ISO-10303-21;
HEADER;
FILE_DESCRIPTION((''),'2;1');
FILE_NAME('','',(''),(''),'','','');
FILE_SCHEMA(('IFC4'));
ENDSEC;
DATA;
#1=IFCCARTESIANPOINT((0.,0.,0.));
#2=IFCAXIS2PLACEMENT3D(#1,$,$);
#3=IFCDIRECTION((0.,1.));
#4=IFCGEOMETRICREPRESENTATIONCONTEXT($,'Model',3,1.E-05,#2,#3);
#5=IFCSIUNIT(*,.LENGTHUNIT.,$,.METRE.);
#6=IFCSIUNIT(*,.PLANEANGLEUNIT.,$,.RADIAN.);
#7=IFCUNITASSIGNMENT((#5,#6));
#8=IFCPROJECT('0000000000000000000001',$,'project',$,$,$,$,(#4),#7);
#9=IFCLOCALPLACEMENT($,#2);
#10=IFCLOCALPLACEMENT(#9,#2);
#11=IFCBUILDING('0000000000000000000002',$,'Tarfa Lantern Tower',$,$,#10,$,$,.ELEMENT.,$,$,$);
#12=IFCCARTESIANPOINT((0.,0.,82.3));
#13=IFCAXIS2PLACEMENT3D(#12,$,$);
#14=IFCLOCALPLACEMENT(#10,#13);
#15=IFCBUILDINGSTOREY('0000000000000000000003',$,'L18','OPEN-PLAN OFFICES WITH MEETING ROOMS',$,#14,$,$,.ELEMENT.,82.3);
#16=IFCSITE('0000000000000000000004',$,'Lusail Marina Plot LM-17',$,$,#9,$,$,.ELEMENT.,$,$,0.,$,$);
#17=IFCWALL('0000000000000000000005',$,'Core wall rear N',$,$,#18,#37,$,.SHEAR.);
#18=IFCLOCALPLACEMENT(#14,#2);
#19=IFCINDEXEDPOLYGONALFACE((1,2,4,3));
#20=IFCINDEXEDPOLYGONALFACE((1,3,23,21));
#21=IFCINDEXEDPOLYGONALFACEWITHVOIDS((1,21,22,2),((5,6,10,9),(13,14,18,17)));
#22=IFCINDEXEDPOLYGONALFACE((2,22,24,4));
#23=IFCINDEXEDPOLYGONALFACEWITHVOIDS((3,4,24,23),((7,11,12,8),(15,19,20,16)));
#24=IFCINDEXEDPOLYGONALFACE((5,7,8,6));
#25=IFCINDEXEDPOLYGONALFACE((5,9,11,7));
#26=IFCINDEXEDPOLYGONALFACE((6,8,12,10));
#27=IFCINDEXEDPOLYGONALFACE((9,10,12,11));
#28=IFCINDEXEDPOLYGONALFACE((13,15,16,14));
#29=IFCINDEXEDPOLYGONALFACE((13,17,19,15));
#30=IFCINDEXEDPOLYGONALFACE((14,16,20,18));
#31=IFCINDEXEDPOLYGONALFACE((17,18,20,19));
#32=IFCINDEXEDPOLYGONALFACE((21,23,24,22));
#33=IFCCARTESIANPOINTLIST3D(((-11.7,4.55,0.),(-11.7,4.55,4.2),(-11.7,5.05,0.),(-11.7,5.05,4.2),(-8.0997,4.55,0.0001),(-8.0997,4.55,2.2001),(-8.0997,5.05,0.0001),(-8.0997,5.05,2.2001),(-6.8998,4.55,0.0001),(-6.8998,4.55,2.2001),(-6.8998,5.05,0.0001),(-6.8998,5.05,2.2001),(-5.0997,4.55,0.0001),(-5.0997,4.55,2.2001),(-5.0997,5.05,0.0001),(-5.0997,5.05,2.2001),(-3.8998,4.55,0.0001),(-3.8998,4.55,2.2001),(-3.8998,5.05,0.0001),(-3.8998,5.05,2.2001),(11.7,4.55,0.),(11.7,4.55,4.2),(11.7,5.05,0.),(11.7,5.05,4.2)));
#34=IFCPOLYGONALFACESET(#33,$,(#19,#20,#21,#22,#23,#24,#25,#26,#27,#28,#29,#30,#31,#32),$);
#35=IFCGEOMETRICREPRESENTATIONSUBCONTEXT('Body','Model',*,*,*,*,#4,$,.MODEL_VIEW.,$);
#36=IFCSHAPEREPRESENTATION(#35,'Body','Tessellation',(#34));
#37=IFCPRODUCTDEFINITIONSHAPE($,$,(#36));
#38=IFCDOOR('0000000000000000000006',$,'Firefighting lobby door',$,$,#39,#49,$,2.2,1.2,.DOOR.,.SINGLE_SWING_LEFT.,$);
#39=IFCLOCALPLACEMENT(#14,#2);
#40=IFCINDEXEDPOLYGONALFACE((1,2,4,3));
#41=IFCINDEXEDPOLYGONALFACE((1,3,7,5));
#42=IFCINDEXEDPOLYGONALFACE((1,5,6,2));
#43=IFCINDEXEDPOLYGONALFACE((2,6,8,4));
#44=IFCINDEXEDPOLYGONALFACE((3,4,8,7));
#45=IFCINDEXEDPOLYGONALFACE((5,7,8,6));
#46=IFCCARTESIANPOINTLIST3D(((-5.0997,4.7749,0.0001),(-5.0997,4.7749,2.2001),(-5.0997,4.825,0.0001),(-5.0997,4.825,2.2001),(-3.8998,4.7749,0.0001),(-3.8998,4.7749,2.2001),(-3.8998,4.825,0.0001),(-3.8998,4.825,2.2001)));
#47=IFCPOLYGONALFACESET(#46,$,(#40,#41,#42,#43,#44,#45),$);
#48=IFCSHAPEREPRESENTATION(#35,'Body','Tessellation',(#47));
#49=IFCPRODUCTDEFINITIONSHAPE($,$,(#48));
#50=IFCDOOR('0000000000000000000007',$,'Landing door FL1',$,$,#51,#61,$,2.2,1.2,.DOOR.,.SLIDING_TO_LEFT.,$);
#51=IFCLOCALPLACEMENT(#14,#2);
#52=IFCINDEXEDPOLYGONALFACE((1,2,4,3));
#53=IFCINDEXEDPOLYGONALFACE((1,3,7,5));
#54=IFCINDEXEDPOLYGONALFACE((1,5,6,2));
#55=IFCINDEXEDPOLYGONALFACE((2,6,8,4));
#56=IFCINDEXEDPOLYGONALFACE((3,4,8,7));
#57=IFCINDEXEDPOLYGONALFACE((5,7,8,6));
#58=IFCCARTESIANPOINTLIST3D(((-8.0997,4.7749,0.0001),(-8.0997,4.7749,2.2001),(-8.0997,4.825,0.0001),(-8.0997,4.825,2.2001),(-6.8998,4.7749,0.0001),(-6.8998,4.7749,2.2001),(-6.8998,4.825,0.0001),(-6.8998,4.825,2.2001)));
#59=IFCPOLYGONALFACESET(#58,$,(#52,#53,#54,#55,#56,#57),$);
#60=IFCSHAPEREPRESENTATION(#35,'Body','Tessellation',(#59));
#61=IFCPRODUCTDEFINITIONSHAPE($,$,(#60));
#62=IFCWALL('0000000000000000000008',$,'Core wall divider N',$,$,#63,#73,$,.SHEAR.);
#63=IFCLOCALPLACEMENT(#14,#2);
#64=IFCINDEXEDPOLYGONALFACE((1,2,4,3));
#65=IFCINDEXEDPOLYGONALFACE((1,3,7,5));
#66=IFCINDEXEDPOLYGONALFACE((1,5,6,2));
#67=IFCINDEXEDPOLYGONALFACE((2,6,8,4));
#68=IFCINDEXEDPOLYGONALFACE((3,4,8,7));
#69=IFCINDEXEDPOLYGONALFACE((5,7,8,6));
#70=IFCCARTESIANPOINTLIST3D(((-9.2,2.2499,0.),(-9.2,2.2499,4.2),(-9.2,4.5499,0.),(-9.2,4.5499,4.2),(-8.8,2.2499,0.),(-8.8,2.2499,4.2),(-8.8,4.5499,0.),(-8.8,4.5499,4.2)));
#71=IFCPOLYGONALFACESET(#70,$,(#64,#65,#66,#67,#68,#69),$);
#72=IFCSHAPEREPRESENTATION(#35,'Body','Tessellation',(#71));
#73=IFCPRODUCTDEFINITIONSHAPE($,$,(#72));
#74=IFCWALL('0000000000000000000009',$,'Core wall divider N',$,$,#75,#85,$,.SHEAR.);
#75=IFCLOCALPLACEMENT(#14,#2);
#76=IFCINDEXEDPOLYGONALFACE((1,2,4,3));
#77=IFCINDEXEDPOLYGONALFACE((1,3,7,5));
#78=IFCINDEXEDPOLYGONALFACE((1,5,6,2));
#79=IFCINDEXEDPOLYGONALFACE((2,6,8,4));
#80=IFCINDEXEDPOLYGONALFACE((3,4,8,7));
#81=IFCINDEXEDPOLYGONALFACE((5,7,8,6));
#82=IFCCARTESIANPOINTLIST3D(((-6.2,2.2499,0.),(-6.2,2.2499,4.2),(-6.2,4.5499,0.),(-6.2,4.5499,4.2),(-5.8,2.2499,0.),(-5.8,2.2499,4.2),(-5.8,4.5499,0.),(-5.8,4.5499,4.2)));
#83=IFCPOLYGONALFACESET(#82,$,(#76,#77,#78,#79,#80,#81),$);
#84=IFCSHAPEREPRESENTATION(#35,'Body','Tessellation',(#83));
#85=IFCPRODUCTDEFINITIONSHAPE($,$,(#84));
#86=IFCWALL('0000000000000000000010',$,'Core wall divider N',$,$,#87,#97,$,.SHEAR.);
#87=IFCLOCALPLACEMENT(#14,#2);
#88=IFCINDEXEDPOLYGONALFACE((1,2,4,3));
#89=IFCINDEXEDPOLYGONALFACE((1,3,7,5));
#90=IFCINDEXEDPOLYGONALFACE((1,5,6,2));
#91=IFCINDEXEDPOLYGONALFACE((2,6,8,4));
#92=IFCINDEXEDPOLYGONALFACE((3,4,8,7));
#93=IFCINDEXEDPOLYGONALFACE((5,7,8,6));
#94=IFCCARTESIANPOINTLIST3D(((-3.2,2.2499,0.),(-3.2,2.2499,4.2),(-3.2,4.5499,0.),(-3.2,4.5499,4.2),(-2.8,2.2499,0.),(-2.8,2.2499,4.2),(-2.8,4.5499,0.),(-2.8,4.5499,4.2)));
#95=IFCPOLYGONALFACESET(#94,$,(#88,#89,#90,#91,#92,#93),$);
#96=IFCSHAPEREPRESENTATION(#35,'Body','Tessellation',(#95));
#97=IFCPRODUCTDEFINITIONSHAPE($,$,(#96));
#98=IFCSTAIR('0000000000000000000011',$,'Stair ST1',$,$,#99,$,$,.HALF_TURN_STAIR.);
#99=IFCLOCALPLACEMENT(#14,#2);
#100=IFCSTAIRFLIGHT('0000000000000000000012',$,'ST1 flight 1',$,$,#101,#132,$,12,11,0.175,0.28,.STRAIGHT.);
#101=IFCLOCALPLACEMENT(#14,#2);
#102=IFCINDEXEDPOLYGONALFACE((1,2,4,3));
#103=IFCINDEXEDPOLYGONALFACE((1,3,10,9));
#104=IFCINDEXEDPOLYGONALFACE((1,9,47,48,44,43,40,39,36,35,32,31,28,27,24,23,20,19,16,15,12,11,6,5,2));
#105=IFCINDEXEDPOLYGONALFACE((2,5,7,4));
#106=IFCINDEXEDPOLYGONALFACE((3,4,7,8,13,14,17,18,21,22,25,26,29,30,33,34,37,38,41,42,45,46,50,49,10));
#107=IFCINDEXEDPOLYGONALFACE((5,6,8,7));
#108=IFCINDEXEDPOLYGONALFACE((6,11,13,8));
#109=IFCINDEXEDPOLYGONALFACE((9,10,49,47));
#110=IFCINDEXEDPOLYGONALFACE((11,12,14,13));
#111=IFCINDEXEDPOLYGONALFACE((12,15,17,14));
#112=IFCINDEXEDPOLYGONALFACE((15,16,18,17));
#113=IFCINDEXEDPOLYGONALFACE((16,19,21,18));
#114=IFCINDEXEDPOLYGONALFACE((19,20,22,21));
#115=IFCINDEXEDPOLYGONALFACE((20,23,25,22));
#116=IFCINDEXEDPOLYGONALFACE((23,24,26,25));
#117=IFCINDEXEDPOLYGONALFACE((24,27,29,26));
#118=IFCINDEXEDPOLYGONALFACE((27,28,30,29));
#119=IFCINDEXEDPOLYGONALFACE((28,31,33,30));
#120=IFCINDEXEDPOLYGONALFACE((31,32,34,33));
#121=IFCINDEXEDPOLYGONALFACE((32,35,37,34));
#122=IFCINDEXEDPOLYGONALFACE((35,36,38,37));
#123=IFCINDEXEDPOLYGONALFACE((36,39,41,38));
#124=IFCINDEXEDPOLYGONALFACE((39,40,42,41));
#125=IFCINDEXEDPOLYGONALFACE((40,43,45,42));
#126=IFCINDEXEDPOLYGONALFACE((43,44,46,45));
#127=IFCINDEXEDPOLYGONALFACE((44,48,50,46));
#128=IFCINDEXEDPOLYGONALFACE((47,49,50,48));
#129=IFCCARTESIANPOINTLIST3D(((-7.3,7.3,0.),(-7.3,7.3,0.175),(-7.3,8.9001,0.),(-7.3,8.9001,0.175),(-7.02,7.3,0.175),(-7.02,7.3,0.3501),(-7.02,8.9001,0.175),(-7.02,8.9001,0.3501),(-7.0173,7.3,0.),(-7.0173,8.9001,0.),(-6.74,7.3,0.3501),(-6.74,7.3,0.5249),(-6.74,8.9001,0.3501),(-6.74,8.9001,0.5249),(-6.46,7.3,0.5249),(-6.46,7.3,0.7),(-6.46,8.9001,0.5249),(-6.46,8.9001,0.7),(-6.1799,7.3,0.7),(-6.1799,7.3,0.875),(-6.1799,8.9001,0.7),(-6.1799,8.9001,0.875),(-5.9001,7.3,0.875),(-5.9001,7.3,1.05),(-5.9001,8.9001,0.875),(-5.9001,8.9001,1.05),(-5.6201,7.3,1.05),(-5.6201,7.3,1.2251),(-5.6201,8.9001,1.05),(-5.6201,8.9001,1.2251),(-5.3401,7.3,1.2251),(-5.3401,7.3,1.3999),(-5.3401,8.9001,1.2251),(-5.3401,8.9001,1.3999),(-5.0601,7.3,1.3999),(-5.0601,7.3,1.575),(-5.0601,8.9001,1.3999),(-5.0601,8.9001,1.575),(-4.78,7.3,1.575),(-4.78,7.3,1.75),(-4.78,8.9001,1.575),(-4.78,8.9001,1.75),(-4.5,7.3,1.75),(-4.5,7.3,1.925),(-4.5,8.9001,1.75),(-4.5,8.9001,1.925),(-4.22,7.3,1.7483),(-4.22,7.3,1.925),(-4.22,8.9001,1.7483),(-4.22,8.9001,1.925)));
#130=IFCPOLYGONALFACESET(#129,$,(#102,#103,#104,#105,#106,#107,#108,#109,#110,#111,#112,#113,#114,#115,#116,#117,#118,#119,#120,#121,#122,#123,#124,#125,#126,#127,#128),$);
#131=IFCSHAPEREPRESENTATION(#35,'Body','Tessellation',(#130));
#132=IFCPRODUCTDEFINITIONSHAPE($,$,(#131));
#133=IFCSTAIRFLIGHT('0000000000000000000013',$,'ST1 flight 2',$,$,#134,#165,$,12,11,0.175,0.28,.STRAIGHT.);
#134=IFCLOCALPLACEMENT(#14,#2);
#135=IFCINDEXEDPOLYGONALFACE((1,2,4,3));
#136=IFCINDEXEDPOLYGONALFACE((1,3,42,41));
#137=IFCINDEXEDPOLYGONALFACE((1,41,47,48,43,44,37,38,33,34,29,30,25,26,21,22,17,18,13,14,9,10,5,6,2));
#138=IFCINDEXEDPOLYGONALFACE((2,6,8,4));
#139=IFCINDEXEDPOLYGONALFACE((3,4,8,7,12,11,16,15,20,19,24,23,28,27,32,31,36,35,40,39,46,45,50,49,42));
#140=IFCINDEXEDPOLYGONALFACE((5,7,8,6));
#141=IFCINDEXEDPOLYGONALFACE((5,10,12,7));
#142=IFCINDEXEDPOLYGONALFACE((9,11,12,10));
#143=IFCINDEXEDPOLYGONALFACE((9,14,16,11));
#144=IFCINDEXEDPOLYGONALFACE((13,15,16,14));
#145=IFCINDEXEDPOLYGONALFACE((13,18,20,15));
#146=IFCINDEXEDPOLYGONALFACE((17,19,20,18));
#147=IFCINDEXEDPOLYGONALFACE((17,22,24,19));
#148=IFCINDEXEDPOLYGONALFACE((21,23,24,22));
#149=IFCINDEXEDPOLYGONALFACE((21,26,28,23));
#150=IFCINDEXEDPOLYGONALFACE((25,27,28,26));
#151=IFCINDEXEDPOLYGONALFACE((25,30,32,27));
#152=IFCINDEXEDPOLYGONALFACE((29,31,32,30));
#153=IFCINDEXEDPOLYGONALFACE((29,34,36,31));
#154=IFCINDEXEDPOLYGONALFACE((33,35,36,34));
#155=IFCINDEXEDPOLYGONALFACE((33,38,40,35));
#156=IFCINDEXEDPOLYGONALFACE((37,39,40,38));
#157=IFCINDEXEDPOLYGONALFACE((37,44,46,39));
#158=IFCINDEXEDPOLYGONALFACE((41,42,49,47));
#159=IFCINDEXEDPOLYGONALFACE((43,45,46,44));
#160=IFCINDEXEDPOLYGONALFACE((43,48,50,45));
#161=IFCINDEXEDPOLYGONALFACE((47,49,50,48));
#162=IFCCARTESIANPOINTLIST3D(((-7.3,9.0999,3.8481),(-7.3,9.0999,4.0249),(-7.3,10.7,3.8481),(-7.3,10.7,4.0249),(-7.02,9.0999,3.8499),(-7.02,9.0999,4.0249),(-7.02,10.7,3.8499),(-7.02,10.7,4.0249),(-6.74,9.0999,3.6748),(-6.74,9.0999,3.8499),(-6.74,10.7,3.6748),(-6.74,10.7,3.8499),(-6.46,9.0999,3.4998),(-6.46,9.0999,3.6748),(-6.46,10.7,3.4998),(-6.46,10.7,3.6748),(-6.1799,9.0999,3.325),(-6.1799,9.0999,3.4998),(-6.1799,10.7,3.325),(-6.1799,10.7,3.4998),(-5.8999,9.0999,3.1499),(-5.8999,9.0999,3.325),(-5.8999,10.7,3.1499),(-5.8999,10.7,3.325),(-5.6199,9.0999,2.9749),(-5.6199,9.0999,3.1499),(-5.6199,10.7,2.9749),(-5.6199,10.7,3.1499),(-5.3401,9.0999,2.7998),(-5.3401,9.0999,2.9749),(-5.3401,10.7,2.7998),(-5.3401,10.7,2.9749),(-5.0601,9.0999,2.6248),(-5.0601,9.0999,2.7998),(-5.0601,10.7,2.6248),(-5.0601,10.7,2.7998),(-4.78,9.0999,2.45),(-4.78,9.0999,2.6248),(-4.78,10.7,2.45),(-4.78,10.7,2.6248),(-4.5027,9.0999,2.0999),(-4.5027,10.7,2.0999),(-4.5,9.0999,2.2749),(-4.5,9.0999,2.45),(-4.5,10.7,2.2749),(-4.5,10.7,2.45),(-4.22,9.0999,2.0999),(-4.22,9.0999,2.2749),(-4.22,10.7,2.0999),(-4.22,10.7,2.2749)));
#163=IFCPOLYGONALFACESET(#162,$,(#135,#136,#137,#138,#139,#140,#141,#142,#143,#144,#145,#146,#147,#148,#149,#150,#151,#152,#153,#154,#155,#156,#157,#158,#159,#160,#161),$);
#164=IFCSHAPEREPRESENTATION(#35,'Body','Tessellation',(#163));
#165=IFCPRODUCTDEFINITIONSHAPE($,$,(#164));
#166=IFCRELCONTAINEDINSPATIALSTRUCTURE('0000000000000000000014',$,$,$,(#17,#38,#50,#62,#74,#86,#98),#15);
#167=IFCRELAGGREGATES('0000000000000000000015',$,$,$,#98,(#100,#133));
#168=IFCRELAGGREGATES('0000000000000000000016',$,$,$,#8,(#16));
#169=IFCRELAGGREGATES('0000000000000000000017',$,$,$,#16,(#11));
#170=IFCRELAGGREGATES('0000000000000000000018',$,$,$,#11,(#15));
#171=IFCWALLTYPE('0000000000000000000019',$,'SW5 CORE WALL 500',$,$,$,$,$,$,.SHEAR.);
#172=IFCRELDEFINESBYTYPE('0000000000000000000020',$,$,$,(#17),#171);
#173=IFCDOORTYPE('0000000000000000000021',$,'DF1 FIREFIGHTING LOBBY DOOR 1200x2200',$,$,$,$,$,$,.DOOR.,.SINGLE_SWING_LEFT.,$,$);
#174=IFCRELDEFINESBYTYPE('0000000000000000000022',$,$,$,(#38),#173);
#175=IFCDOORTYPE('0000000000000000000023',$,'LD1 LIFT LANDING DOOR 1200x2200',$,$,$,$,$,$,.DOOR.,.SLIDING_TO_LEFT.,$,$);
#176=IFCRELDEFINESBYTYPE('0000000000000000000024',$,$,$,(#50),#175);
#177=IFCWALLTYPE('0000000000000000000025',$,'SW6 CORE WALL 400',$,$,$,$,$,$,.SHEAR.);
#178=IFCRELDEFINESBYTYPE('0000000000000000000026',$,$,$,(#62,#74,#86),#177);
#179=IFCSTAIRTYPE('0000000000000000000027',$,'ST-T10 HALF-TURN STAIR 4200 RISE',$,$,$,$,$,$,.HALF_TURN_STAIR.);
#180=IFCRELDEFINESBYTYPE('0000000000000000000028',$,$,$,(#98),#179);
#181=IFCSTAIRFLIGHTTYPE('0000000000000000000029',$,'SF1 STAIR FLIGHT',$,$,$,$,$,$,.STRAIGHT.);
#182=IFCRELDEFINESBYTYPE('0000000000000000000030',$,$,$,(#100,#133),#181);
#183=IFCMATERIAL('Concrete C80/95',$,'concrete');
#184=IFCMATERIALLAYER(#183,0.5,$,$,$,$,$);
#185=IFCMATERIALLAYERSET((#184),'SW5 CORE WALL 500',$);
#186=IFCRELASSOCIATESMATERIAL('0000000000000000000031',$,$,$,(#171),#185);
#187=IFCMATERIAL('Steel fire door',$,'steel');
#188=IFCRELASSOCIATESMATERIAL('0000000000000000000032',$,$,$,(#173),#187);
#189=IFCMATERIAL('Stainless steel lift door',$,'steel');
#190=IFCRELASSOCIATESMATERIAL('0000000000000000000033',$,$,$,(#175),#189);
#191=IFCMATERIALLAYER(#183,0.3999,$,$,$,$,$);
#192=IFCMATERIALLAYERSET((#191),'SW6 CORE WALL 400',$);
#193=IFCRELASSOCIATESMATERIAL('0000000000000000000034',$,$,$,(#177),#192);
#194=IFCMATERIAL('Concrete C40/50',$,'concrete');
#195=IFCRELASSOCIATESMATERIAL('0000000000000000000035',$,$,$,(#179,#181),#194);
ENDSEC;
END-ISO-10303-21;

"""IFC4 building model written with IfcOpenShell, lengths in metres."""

from ifc_helpers import new_model, si_unit, direction, frame, frame_2d, origin, place, context, subcontext, project, spatial, polyline, rectangle, outline, extrude, material, layer, layer_set, type_object, element, fill, aggregate, save


model = new_model("IFC4")

# Units and contexts
model_context = context("Model", 3, precision=1e-05, world=origin(), true_north=direction((0.0, 1.0)))
body_context = subcontext(model_context, "Body", "Model", "MODEL_VIEW")
ifc_project = project(units=[si_unit("LENGTHUNIT", "METRE"), si_unit("PLANEANGLEUNIT", "RADIAN")], contexts=[model_context])

# Site, building, storey
site_placement = place(None, origin())
site = spatial("IfcSite", under=ifc_project, at=site_placement, Name="Lusail Marina Plot LM-17", CompositionType="ELEMENT", RefElevation=0.0)
building_placement = place(site_placement, origin())
building = spatial("IfcBuilding", under=site, at=building_placement, Name="Tarfa Lantern Tower", CompositionType="ELEMENT")
storey_placement = place(building_placement, frame((0.0, 0.0, 82.3)))
storey = spatial("IfcBuildingStorey", under=building, at=storey_placement, Name="L18", Description="OPEN-PLAN OFFICES WITH MEETING ROOMS", CompositionType="ELEMENT", Elevation=82.3)

# Shared definitions
ifc_material_1 = material(Name="Concrete C80/95", Category="concrete")

# Shared definitions
ifc_material_2 = material(Name="Steel fire door", Category="steel")

# Wall, openings, doors
ifc_layer_1 = layer(ifc_material_1, 0.5)
ifc_layer_set_1 = layer_set([ifc_layer_1], Name="SW5 CORE WALL 500")
wall_type_1 = type_object("IfcWallType", Name="SW5 CORE WALL 500", PredefinedType="SHEAR", material=ifc_layer_set_1)
ifc_material_3 = material(Name="Stainless steel lift door", Category="steel")
wall_1_placement = place(storey_placement, frame((-11.7, 4.8, 0.0), z_axis=(0.0, 0.0, 1.0), x_axis=(1.0, 0.0, 0.0)))
wall_1 = element("IfcWall", 1, at=wall_1_placement, inside=storey, type_object=wall_type_1, Name="Core wall rear N", PredefinedType="SHEAR", context=body_context, shape_type="SweptSolid", body=[
    extrude(rectangle(XDim=23.3999, YDim=0.5, at=frame_2d((11.7, 0.0))), origin(), (0.0, 0.0, 1.0), 4.2),
])
opening_1_placement = place(wall_1_placement, frame((6.6001, 0.0, 0.0)))
opening_1 = element("IfcOpeningElement", 2, at=opening_1_placement, cuts=wall_1, PredefinedType="OPENING", context=body_context, shape_type="SweptSolid", body=[
    extrude(rectangle(XDim=1.2, YDim=2.2, at=frame_2d((0.6001, 1.1001))), frame((0.0, 0.26, 0.0), z_axis=(0.0, -1.0, 0.0), x_axis=(1.0, 0.0, 0.0)), (0.0, 0.0, 1.0), 0.52),
])
opening_2_placement = place(wall_1_placement, frame((3.6001, 0.0, 0.0)))
opening_2 = element("IfcOpeningElement", 3, at=opening_2_placement, cuts=wall_1, PredefinedType="OPENING", context=body_context, shape_type="SweptSolid", body=[
    extrude(rectangle(XDim=1.2, YDim=2.2, at=frame_2d((0.6001, 1.1001))), frame((0.0, 0.26, 0.0), z_axis=(0.0, -1.0, 0.0), x_axis=(1.0, 0.0, 0.0)), (0.0, 0.0, 1.0), 0.52),
])
door_type_1 = type_object("IfcDoorType", Name="DF1 FIREFIGHTING LOBBY DOOR 1200x2200", OperationType="SINGLE_SWING_LEFT", PredefinedType="DOOR", material=ifc_material_2)
door_1_placement = place(opening_1_placement, origin())
door_1 = element("IfcDoor", 4, at=door_1_placement, inside=storey, type_object=door_type_1, Name="Firefighting lobby door", OperationType="SINGLE_SWING_LEFT", OverallHeight=2.2, OverallWidth=1.2, PredefinedType="DOOR", context=body_context, shape_type="SweptSolid", body=[
    extrude(rectangle(XDim=1.2, YDim=2.2, at=frame_2d((0.6001, 1.1001))), frame((0.0, 0.0249, 0.0), z_axis=(0.0, -1.0, 0.0), x_axis=(1.0, 0.0, 0.0)), (0.0, 0.0, 1.0), 0.05),
])
fill(opening_1, door_1)
door_type_2 = type_object("IfcDoorType", Name="LD1 LIFT LANDING DOOR 1200x2200", OperationType="SLIDING_TO_LEFT", PredefinedType="DOOR", material=ifc_material_3)
door_2_placement = place(opening_2_placement, origin())
door_2 = element("IfcDoor", 5, at=door_2_placement, inside=storey, type_object=door_type_2, Name="Landing door FL1", OperationType="SLIDING_TO_LEFT", OverallHeight=2.2, OverallWidth=1.2, PredefinedType="DOOR", context=body_context, shape_type="SweptSolid", body=[
    extrude(rectangle(XDim=1.2, YDim=2.2, at=frame_2d((0.6001, 1.1001))), frame((0.0, 0.0249, 0.0), z_axis=(0.0, -1.0, 0.0), x_axis=(1.0, 0.0, 0.0)), (0.0, 0.0, 1.0), 0.05),
])
fill(opening_2, door_2)

# Walls
ifc_layer_2 = layer(ifc_material_1, 0.3999)
ifc_layer_set_2 = layer_set([ifc_layer_2], Name="SW6 CORE WALL 400")
wall_type_2 = type_object("IfcWallType", Name="SW6 CORE WALL 400", PredefinedType="SHEAR", material=ifc_layer_set_2)
for number, where, z_axis, x_axis, name in (
    (6, (-9.0, 2.25, 0.0), (0.0, 0.0, 1.0), (0.0, 1.0, 0.0), "Core wall divider N"),
    (7, (-6.0, 2.25, 0.0), (0.0, 0.0, 1.0), (0.0, 1.0, 0.0), "Core wall divider N"),
    (8, (-3.0, 2.25, 0.0), (0.0, 0.0, 1.0), (0.0, 1.0, 0.0), "Core wall divider N"),
):
    element("IfcWall", number, at=place(storey_placement, frame(where, z_axis=z_axis, x_axis=x_axis)), inside=storey, type_object=wall_type_2, Name=name, PredefinedType="SHEAR", context=body_context, shape_type="SweptSolid", body=[
        extrude(rectangle(XDim=2.3, YDim=0.3999, at=frame_2d((1.1499, 0.0))), origin(), (0.0, 0.0, 1.0), 4.2),
    ])

# Stair, stair flights
ifc_material_4 = material(Name="Concrete C40/50", Category="concrete")
stair_type = type_object("IfcStairType", Name="ST-T10 HALF-TURN STAIR 4200 RISE", PredefinedType="HALF_TURN_STAIR", material=ifc_material_4)
stair_placement = place(storey_placement, origin())
stair = element("IfcStair", 9, at=stair_placement, inside=storey, type_object=stair_type, Name="Stair ST1", PredefinedType="HALF_TURN_STAIR")
stair_flight_type = type_object("IfcStairFlightType", Name="SF1 STAIR FLIGHT", PredefinedType="STRAIGHT", material=ifc_material_4)
stair_flight_1_placement = place(storey_placement, frame((-7.3, 8.1001, 0.0), z_axis=(0.0, 0.0, 1.0), x_axis=(1.0, 0.0, 0.0)))
stair_flight_1 = element("IfcStairFlight", 10, at=stair_flight_1_placement, type_object=stair_flight_type, Name="ST1 flight 1", NumberOfRisers=12, NumberOfTreads=11, PredefinedType="STRAIGHT", RiserHeight=0.175, TreadLength=0.28, context=body_context, shape_type="SweptSolid", body=[
    extrude(outline(polyline([(0.0, 0.0), (0.0, 0.175), (0.28, 0.175), (0.28, 0.3501), (0.5601, 0.3501), (0.5601, 0.5249), (0.8401, 0.5249), (0.8401, 0.7), (1.1201, 0.7), (1.1201, 0.875), (1.3999, 0.875), (1.3999, 1.05), (1.6799, 1.05), (1.6799, 1.2251), (1.96, 1.2251), (1.96, 1.3999), (2.24, 1.3999), (2.24, 1.575), (2.52, 1.575), (2.52, 1.75), (2.8, 1.75), (2.8, 1.925), (3.0801, 1.925), (3.0801, 2.1001), (3.0801, 1.7483), (0.2827, 0.0), (0.0, 0.0)])), frame((0.0, 0.8, 0.0), z_axis=(0.0, -1.0, 0.0), x_axis=(1.0, 0.0, 0.0)), (0.0, 0.0, 1.0), 1.6001),
])
stair_flight_2_placement = place(storey_placement, frame((-4.22, 9.8999, 2.0999), z_axis=(0.0, 0.0, 1.0), x_axis=(-1.0, 0.0, 0.0)))
stair_flight_2 = element("IfcStairFlight", 11, at=stair_flight_2_placement, type_object=stair_flight_type, Name="ST1 flight 2", NumberOfRisers=12, NumberOfTreads=11, PredefinedType="STRAIGHT", RiserHeight=0.175, TreadLength=0.28, context=body_context, shape_type="SweptSolid", body=[
    extrude(outline(polyline([(0.0, 0.0), (0.0, 0.175), (0.28, 0.175), (0.28, 0.3501), (0.5601, 0.3501), (0.5601, 0.5249), (0.8401, 0.5249), (0.8401, 0.7), (1.1201, 0.7), (1.1201, 0.875), (1.3999, 0.875), (1.3999, 1.05), (1.6799, 1.05), (1.6799, 1.2251), (1.96, 1.2251), (1.96, 1.3999), (2.24, 1.3999), (2.24, 1.575), (2.52, 1.575), (2.52, 1.75), (2.8, 1.75), (2.8, 1.925), (3.0801, 1.925), (3.0801, 2.1001), (3.0801, 1.7483), (0.2827, 0.0), (0.0, 0.0)])), frame((0.0, 0.8, 0.0), z_axis=(0.0, -1.0, 0.0), x_axis=(1.0, 0.0, 0.0)), (0.0, 0.0, 1.0), 1.6001),
])
aggregate(stair, [stair_flight_1, stair_flight_2])

save(model, "model.ifc")
